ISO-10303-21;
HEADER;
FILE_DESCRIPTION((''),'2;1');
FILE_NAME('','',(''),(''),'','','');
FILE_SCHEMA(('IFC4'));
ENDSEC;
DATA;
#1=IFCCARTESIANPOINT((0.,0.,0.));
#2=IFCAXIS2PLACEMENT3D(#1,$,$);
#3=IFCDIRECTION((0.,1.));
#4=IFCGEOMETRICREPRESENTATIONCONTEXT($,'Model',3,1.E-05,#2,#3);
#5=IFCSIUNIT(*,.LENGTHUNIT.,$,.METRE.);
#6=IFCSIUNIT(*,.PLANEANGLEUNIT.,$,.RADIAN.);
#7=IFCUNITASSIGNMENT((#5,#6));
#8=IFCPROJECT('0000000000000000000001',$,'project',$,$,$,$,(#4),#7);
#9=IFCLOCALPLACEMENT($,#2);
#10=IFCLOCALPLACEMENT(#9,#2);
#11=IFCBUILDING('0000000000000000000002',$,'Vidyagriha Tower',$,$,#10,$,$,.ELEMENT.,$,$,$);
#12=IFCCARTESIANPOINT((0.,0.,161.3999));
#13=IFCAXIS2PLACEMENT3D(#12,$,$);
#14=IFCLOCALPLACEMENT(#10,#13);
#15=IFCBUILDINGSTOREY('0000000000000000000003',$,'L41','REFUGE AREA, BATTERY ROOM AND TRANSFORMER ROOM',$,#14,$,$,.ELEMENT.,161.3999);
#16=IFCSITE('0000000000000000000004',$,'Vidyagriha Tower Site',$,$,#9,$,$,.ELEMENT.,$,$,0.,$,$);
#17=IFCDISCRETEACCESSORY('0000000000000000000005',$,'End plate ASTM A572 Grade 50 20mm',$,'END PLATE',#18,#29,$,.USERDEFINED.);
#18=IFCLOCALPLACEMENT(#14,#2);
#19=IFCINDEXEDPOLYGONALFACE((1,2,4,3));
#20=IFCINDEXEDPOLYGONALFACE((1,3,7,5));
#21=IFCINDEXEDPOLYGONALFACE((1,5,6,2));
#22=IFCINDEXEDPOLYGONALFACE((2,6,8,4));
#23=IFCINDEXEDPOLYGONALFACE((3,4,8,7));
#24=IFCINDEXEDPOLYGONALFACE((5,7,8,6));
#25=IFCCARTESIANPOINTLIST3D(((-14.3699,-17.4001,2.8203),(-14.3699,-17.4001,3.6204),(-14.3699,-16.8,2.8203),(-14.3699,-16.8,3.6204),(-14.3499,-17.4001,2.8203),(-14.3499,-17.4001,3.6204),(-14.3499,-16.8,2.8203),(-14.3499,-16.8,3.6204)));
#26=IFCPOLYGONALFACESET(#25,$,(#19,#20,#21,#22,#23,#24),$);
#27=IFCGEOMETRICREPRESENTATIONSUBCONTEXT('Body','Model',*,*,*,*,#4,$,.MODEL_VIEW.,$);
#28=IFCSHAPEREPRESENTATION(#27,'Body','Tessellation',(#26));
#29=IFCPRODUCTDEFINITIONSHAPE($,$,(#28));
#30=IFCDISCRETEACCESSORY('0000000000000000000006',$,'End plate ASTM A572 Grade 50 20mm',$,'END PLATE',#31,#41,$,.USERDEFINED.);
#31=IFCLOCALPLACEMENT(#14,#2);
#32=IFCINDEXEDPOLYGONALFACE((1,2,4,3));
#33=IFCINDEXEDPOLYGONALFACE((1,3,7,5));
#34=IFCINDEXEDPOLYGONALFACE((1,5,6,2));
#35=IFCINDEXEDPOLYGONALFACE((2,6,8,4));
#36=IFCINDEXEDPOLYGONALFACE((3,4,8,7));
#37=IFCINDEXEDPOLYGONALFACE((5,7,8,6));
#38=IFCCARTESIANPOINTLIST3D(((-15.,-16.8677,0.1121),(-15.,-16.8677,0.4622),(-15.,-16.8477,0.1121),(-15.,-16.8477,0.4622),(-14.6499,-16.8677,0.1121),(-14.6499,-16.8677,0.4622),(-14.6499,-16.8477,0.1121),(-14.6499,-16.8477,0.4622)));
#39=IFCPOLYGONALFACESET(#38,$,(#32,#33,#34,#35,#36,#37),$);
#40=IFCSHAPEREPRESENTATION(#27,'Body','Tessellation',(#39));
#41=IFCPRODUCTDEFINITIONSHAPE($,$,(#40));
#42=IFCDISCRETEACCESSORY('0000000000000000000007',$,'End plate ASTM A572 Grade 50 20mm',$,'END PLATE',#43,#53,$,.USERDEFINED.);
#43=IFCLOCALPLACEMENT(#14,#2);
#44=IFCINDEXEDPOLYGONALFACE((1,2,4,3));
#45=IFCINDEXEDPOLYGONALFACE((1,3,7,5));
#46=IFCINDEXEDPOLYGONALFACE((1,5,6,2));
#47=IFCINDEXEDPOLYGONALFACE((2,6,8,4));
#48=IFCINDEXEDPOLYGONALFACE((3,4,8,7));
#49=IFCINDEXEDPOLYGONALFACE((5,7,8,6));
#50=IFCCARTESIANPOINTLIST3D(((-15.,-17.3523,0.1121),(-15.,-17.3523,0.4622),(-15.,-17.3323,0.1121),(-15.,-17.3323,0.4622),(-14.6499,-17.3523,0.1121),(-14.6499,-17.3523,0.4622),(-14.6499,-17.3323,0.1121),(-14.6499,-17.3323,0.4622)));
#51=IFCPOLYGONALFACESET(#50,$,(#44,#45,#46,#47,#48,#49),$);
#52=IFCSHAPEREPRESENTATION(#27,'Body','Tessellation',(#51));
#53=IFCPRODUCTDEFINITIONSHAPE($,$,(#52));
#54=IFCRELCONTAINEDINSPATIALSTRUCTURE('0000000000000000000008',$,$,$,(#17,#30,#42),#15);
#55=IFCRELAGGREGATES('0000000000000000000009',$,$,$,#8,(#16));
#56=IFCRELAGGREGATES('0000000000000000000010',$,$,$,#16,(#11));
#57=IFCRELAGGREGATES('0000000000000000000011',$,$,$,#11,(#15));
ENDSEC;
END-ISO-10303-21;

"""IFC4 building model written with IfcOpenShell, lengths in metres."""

from ifc_helpers import new_model, si_unit, direction, frame, origin, origin_2d, place, context, subcontext, project, spatial, rectangle, extrude, element, save


model = new_model("IFC4")

# Units and contexts
model_context = context("Model", 3, precision=1e-05, world=origin(), true_north=direction((0.0, 1.0)))
body_context = subcontext(model_context, "Body", "Model", "MODEL_VIEW")
ifc_project = project(units=[si_unit("LENGTHUNIT", "METRE"), si_unit("PLANEANGLEUNIT", "RADIAN")], contexts=[model_context])

# Site, building, storey
site_placement = place(None, origin())
site = spatial("IfcSite", under=ifc_project, at=site_placement, Name="Vidyagriha Tower Site", CompositionType="ELEMENT", RefElevation=0.0)
building_placement = place(site_placement, origin())
building = spatial("IfcBuilding", under=site, at=building_placement, Name="Vidyagriha Tower", CompositionType="ELEMENT")
storey_placement = place(building_placement, frame((0.0, 0.0, 161.3999)))
storey = spatial("IfcBuildingStorey", under=building, at=storey_placement, Name="L41", Description="REFUGE AREA, BATTERY ROOM AND TRANSFORMER ROOM", CompositionType="ELEMENT", Elevation=161.3999)

# Discrete accessories
discrete_accessory_1_placement = place(storey_placement, frame((-14.3599, -17.1001, 2.8203)))
element("IfcDiscreteAccessory", 1, at=discrete_accessory_1_placement, inside=storey, Name="End plate ASTM A572 Grade 50 20mm", ObjectType="END PLATE", PredefinedType="USERDEFINED", context=body_context, shape_type="SweptSolid", body=[
    extrude(rectangle(XDim=0.02, YDim=0.6001, at=origin_2d()), origin(), (0.0, 0.0, 1.0), 0.8),
])
for number, where, name in (
    (2, (-14.825, -16.8577, 0.1121), "End plate ASTM A572 Grade 50 20mm"),
    (3, (-14.825, -17.3423, 0.1121), "End plate ASTM A572 Grade 50 20mm"),
):
    element("IfcDiscreteAccessory", number, at=place(storey_placement, frame(where)), inside=storey, Name=name, ObjectType="END PLATE", PredefinedType="USERDEFINED", context=body_context, shape_type="SweptSolid", body=[
        extrude(rectangle(XDim=0.3501, YDim=0.02, at=origin_2d()), origin(), (0.0, 0.0, 1.0), 0.3501),
    ])

save(model, "model.ifc")
